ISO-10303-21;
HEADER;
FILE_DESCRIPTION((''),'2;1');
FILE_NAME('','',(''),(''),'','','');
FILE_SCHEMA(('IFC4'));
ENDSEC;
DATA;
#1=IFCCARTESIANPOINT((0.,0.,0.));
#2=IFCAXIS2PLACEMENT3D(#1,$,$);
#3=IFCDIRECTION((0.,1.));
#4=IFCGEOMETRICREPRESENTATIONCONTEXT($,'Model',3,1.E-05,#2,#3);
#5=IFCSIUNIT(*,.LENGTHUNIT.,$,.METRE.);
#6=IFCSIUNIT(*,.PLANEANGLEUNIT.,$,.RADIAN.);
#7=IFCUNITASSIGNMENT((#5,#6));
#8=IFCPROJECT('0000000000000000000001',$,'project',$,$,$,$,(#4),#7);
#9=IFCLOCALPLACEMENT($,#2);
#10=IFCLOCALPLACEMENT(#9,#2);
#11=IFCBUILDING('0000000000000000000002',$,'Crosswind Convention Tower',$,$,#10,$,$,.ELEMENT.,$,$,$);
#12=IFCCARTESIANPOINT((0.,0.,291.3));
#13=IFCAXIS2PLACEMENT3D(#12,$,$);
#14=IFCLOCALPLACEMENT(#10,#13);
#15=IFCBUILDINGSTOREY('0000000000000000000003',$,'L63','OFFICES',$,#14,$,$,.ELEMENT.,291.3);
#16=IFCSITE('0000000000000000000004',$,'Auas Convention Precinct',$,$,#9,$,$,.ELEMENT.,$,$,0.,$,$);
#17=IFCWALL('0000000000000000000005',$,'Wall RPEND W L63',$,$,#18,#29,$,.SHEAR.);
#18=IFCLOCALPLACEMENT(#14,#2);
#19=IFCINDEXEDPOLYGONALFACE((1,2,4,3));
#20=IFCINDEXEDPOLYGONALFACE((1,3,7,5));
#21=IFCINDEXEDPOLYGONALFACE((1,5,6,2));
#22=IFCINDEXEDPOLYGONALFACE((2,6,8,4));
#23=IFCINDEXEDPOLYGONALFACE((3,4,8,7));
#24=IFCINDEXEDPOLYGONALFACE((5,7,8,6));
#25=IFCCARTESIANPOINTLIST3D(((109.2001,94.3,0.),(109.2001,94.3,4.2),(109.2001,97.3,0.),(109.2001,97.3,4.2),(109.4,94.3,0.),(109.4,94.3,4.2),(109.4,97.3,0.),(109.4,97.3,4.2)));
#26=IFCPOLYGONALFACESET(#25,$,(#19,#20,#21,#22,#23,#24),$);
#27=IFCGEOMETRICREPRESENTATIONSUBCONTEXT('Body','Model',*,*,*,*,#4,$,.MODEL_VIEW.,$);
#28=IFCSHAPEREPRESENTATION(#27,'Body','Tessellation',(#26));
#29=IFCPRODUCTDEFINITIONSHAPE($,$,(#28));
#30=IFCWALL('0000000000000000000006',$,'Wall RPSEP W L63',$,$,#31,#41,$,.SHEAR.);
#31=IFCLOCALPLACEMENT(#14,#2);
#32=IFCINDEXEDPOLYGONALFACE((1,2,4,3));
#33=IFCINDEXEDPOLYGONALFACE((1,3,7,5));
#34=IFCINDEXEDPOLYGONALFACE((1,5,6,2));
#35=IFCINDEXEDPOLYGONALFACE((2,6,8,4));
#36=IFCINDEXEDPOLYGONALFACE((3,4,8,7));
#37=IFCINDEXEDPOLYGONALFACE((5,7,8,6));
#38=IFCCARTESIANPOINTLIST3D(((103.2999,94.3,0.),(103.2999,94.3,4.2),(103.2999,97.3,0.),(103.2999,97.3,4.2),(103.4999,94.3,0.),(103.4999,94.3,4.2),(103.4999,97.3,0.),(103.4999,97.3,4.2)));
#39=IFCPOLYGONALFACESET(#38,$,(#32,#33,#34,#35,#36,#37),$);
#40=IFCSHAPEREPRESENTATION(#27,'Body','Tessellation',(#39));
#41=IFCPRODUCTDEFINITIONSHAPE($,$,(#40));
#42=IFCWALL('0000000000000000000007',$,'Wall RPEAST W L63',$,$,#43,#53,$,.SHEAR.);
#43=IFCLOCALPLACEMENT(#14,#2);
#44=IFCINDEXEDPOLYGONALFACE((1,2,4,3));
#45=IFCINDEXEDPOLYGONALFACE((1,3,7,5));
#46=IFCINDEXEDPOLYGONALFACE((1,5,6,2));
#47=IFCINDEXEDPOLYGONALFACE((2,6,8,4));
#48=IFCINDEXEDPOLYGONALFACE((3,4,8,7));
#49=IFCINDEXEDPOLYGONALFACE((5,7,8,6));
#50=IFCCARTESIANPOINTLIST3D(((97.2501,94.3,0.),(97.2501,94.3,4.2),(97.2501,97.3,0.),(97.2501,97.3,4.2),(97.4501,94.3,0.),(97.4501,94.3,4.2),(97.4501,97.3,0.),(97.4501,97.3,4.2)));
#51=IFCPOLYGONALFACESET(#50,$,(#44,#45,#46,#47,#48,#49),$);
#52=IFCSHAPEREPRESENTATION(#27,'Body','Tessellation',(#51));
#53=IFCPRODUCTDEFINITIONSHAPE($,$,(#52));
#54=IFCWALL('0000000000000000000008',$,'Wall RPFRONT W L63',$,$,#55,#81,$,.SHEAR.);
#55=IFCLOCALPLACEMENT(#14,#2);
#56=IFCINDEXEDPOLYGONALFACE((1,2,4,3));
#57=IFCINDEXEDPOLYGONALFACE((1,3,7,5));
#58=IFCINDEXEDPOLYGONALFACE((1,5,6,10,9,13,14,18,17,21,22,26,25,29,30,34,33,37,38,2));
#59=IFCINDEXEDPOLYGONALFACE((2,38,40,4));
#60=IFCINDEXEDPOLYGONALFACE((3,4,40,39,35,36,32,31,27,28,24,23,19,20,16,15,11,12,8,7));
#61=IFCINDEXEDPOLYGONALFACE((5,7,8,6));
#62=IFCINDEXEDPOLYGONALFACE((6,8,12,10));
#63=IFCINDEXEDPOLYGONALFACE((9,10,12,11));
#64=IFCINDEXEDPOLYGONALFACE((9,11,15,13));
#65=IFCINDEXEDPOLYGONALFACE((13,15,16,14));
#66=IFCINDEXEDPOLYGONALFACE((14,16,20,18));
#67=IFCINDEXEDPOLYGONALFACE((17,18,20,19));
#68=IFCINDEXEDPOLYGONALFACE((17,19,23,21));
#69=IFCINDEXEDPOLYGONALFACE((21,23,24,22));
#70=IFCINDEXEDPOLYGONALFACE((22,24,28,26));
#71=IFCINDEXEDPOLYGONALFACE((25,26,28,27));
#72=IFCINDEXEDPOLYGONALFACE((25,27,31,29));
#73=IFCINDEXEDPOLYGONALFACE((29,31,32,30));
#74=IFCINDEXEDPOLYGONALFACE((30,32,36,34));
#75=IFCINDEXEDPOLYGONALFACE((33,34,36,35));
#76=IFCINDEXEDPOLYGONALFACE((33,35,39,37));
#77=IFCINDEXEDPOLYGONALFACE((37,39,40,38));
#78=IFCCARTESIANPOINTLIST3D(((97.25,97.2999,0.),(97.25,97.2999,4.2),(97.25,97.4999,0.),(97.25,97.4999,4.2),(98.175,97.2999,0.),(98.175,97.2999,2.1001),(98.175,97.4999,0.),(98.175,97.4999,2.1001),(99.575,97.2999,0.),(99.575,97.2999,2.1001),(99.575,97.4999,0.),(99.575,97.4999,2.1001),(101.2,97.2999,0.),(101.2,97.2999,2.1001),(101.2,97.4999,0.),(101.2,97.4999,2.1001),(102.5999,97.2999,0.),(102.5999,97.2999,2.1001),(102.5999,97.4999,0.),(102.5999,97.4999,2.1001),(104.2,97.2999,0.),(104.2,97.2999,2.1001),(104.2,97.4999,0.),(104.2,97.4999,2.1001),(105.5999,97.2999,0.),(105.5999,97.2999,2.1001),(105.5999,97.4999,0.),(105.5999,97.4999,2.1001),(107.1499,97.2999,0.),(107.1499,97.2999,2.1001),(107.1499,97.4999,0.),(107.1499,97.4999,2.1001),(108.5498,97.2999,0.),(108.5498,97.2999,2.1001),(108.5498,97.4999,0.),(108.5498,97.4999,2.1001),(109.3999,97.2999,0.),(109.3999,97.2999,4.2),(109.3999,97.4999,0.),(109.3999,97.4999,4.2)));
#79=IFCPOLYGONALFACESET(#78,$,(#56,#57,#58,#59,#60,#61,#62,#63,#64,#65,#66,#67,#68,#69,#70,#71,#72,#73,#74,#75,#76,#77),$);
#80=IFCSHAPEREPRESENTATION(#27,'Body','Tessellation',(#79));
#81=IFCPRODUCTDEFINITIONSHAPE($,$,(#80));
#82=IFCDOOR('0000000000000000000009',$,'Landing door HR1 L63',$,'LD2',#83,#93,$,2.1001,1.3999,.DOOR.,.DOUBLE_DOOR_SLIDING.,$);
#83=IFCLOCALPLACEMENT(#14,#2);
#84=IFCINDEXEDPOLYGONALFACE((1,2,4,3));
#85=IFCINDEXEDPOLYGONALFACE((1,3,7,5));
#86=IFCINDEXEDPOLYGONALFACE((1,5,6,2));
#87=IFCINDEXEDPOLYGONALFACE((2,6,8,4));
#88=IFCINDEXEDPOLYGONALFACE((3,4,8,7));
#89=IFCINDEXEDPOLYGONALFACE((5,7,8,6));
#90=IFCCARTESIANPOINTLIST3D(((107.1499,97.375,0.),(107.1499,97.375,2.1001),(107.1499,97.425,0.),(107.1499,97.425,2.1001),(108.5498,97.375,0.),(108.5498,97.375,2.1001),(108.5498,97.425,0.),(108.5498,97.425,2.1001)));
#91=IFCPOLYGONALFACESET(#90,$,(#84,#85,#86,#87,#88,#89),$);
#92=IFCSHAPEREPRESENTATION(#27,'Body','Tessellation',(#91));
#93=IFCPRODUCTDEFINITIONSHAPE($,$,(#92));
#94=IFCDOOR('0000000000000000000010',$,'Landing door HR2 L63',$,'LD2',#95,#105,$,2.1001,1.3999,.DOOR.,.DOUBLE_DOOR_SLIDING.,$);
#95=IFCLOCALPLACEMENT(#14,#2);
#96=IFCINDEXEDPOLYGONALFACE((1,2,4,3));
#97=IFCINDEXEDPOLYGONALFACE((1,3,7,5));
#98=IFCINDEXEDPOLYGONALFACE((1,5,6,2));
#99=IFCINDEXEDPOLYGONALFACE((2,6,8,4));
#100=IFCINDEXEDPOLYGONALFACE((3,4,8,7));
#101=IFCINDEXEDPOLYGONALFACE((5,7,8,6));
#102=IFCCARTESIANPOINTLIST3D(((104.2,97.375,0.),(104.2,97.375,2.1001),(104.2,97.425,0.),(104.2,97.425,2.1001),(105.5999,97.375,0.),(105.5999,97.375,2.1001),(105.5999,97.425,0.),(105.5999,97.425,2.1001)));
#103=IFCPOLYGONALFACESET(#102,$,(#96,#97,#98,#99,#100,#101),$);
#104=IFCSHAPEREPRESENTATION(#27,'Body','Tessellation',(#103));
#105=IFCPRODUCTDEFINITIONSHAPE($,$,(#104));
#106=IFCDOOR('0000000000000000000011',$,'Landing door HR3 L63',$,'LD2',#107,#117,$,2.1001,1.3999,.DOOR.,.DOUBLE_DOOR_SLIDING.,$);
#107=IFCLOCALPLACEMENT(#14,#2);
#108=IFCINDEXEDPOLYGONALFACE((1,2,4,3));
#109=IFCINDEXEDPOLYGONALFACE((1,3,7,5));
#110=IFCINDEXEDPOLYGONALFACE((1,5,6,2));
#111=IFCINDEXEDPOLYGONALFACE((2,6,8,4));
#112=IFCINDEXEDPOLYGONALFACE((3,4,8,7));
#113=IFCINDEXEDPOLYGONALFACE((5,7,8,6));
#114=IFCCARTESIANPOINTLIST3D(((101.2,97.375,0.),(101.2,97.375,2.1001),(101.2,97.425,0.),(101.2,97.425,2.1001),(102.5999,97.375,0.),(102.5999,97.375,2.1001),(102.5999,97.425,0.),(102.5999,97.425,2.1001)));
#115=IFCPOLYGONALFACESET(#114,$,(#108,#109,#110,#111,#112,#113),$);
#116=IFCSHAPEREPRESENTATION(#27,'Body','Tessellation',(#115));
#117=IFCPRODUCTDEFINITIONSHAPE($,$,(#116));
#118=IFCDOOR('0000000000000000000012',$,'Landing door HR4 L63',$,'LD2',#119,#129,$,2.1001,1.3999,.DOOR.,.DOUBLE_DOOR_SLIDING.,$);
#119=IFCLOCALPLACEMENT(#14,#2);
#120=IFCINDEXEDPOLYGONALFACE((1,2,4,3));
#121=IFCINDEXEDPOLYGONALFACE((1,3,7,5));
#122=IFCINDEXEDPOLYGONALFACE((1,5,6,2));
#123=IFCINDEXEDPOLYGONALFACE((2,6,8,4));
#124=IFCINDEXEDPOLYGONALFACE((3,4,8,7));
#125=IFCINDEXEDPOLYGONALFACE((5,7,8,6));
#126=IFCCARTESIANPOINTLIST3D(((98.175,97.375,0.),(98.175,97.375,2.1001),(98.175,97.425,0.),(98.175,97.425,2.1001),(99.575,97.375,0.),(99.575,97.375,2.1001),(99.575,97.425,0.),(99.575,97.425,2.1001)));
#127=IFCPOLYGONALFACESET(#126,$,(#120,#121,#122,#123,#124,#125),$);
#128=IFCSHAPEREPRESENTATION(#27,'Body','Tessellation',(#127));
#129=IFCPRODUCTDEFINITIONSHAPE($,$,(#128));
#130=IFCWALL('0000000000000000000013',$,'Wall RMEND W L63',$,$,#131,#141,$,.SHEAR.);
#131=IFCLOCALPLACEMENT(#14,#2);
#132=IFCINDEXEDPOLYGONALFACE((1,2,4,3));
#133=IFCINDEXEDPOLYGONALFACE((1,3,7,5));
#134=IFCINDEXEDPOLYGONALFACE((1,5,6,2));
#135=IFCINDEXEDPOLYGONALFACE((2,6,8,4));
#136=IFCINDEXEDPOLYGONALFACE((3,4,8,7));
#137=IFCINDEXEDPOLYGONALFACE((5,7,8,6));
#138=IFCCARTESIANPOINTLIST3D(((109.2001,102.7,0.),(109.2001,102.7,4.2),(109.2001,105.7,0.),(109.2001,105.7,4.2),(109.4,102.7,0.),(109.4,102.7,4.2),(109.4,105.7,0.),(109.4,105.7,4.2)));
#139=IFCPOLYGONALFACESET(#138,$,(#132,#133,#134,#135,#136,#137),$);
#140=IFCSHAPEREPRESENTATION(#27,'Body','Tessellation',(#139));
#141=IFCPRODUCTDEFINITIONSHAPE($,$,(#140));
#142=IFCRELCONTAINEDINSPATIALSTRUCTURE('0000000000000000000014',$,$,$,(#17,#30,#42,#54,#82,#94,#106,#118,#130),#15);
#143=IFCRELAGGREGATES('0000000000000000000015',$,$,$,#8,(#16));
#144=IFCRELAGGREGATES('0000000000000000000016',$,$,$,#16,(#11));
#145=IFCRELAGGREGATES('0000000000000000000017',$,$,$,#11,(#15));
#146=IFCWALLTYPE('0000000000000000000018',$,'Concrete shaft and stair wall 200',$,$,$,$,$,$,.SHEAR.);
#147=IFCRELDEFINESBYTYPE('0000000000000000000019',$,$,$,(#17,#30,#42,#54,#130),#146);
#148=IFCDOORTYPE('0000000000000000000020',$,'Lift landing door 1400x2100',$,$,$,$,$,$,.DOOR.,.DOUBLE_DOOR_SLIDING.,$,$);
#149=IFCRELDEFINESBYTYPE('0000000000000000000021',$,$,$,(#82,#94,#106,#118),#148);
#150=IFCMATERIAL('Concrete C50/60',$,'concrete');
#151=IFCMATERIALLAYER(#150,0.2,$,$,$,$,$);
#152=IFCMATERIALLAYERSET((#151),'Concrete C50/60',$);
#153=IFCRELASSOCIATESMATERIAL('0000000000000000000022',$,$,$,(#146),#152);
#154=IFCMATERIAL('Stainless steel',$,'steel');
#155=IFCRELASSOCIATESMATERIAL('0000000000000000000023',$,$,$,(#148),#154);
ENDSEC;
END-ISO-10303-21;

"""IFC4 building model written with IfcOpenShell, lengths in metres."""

from ifc_helpers import new_model, si_unit, direction, frame, frame_2d, origin, place, context, subcontext, project, spatial, rectangle, extrude, material, layer, layer_set, type_object, element, fill, save


model = new_model("IFC4")

# Units and contexts
model_context = context("Model", 3, precision=1e-05, world=origin(), true_north=direction((0.0, 1.0)))
body_context = subcontext(model_context, "Body", "Model", "MODEL_VIEW")
ifc_project = project(units=[si_unit("LENGTHUNIT", "METRE"), si_unit("PLANEANGLEUNIT", "RADIAN")], contexts=[model_context])

# Site, building, storey
site_placement = place(None, origin())
site = spatial("IfcSite", under=ifc_project, at=site_placement, Name="Auas Convention Precinct", CompositionType="ELEMENT", RefElevation=0.0)
building_placement = place(site_placement, origin())
building = spatial("IfcBuilding", under=site, at=building_placement, Name="Crosswind Convention Tower", CompositionType="ELEMENT")
storey_placement = place(building_placement, frame((0.0, 0.0, 291.3)))
storey = spatial("IfcBuildingStorey", under=building, at=storey_placement, Name="L63", Description="OFFICES", CompositionType="ELEMENT", Elevation=291.3)

# Walls
ifc_material_1 = material(Name="Concrete C50/60", Category="concrete")
ifc_layer_1 = layer(ifc_material_1, 0.2)
ifc_layer_set_1 = layer_set([ifc_layer_1], Name="Concrete C50/60")
wall_type_1 = type_object("IfcWallType", Name="Concrete shaft and stair wall 200", PredefinedType="SHEAR", material=ifc_layer_set_1)
for number, where, z_axis, x_axis, name in (
    (1, (109.3, 97.3, 0.0), (0.0, 0.0, 1.0), (0.0, -1.0, 0.0), "Wall RPEND W L63"),
    (2, (103.3999, 97.3, 0.0), (0.0, 0.0, 1.0), (0.0, -1.0, 0.0), "Wall RPSEP W L63"),
    (3, (97.3501, 97.3, 0.0), (0.0, 0.0, 1.0), (0.0, -1.0, 0.0), "Wall RPEAST W L63"),
):
    element("IfcWall", number, at=place(storey_placement, frame(where, z_axis=z_axis, x_axis=x_axis)), inside=storey, type_object=wall_type_1, Name=name, PredefinedType="SHEAR", context=body_context, shape_type="SweptSolid", body=[
        extrude(rectangle(XDim=3.0, YDim=0.2, at=frame_2d((1.5, 0.0))), origin(), (0.0, 0.0, 1.0), 4.2),
    ])

# Wall, openings, doors
wall_1_placement = place(storey_placement, frame((109.3999, 97.3999, 0.0), z_axis=(0.0, 0.0, 1.0), x_axis=(-1.0, 0.0, 0.0)))
wall_1 = element("IfcWall", 4, at=wall_1_placement, inside=storey, type_object=wall_type_1, Name="Wall RPFRONT W L63", PredefinedType="SHEAR", context=body_context, shape_type="SweptSolid", body=[
    extrude(rectangle(XDim=12.1499, YDim=0.2, at=frame_2d((6.075, 0.0))), origin(), (0.0, 0.0, 1.0), 4.2),
])
opening_1_placement = place(wall_1_placement, frame((0.8501, 0.0, 0.0)))
opening_1 = element("IfcOpeningElement", 5, at=opening_1_placement, cuts=wall_1, PredefinedType="OPENING", context=body_context, shape_type="SweptSolid", body=[
    extrude(rectangle(XDim=1.3999, YDim=2.1001, at=frame_2d((0.7, 1.05))), frame((0.0, 0.1099, 0.0), z_axis=(0.0, -1.0, 0.0), x_axis=(1.0, 0.0, 0.0)), (0.0, 0.0, 1.0), 0.22),
])
opening_2_placement = place(wall_1_placement, frame((3.8, 0.0, 0.0)))
opening_2 = element("IfcOpeningElement", 6, at=opening_2_placement, cuts=wall_1, PredefinedType="OPENING", context=body_context, shape_type="SweptSolid", body=[
    extrude(rectangle(XDim=1.3999, YDim=2.1001, at=frame_2d((0.7, 1.05))), frame((0.0, 0.1099, 0.0), z_axis=(0.0, -1.0, 0.0), x_axis=(1.0, 0.0, 0.0)), (0.0, 0.0, 1.0), 0.22),
])
opening_3_placement = place(wall_1_placement, frame((6.8, 0.0, 0.0)))
opening_3 = element("IfcOpeningElement", 7, at=opening_3_placement, cuts=wall_1, PredefinedType="OPENING", context=body_context, shape_type="SweptSolid", body=[
    extrude(rectangle(XDim=1.3999, YDim=2.1001, at=frame_2d((0.7, 1.05))), frame((0.0, 0.1099, 0.0), z_axis=(0.0, -1.0, 0.0), x_axis=(1.0, 0.0, 0.0)), (0.0, 0.0, 1.0), 0.22),
])
opening_4_placement = place(wall_1_placement, frame((9.825, 0.0, 0.0)))
opening_4 = element("IfcOpeningElement", 8, at=opening_4_placement, cuts=wall_1, PredefinedType="OPENING", context=body_context, shape_type="SweptSolid", body=[
    extrude(rectangle(XDim=1.3999, YDim=2.1001, at=frame_2d((0.7, 1.05))), frame((0.0, 0.1099, 0.0), z_axis=(0.0, -1.0, 0.0), x_axis=(1.0, 0.0, 0.0)), (0.0, 0.0, 1.0), 0.22),
])
ifc_material_2 = material(Name="Stainless steel", Category="steel")
door_type_1 = type_object("IfcDoorType", Name="Lift landing door 1400x2100", OperationType="DOUBLE_DOOR_SLIDING", PredefinedType="DOOR", material=ifc_material_2)
door_1_placement = place(opening_1_placement, origin())
door_1 = element("IfcDoor", 9, at=door_1_placement, inside=storey, type_object=door_type_1, Name="Landing door HR1 L63", ObjectType="LD2", OperationType="DOUBLE_DOOR_SLIDING", OverallHeight=2.1001, OverallWidth=1.3999, PredefinedType="DOOR", context=body_context, shape_type="SweptSolid", body=[
    extrude(rectangle(XDim=1.3999, YDim=2.1001, at=frame_2d((0.7, 1.05))), frame((0.0, 0.0249, 0.0), z_axis=(0.0, -1.0, 0.0), x_axis=(1.0, 0.0, 0.0)), (0.0, 0.0, 1.0), 0.05),
])
fill(opening_1, door_1)
door_2_placement = place(opening_2_placement, origin())
door_2 = element("IfcDoor", 10, at=door_2_placement, inside=storey, type_object=door_type_1, Name="Landing door HR2 L63", ObjectType="LD2", OperationType="DOUBLE_DOOR_SLIDING", OverallHeight=2.1001, OverallWidth=1.3999, PredefinedType="DOOR", context=body_context, shape_type="SweptSolid", body=[
    extrude(rectangle(XDim=1.3999, YDim=2.1001, at=frame_2d((0.7, 1.05))), frame((0.0, 0.0249, 0.0), z_axis=(0.0, -1.0, 0.0), x_axis=(1.0, 0.0, 0.0)), (0.0, 0.0, 1.0), 0.05),
])
fill(opening_2, door_2)
door_3_placement = place(opening_3_placement, origin())
door_3 = element("IfcDoor", 11, at=door_3_placement, inside=storey, type_object=door_type_1, Name="Landing door HR3 L63", ObjectType="LD2", OperationType="DOUBLE_DOOR_SLIDING", OverallHeight=2.1001, OverallWidth=1.3999, PredefinedType="DOOR", context=body_context, shape_type="SweptSolid", body=[
    extrude(rectangle(XDim=1.3999, YDim=2.1001, at=frame_2d((0.7, 1.05))), frame((0.0, 0.0249, 0.0), z_axis=(0.0, -1.0, 0.0), x_axis=(1.0, 0.0, 0.0)), (0.0, 0.0, 1.0), 0.05),
])
fill(opening_3, door_3)
door_4_placement = place(opening_4_placement, origin())
door_4 = element("IfcDoor", 12, at=door_4_placement, inside=storey, type_object=door_type_1, Name="Landing door HR4 L63", ObjectType="LD2", OperationType="DOUBLE_DOOR_SLIDING", OverallHeight=2.1001, OverallWidth=1.3999, PredefinedType="DOOR", context=body_context, shape_type="SweptSolid", body=[
    extrude(rectangle(XDim=1.3999, YDim=2.1001, at=frame_2d((0.7, 1.05))), frame((0.0, 0.0249, 0.0), z_axis=(0.0, -1.0, 0.0), x_axis=(1.0, 0.0, 0.0)), (0.0, 0.0, 1.0), 0.05),
])
fill(opening_4, door_4)

# Wall
wall_2_placement = place(storey_placement, frame((109.3, 105.7, 0.0), z_axis=(0.0, 0.0, 1.0), x_axis=(0.0, -1.0, 0.0)))
element("IfcWall", 13, at=wall_2_placement, inside=storey, type_object=wall_type_1, Name="Wall RMEND W L63", PredefinedType="SHEAR", context=body_context, shape_type="SweptSolid", body=[
    extrude(rectangle(XDim=3.0, YDim=0.2, at=frame_2d((1.5, 0.0))), origin(), (0.0, 0.0, 1.0), 4.2),
])

save(model, "model.ifc")
